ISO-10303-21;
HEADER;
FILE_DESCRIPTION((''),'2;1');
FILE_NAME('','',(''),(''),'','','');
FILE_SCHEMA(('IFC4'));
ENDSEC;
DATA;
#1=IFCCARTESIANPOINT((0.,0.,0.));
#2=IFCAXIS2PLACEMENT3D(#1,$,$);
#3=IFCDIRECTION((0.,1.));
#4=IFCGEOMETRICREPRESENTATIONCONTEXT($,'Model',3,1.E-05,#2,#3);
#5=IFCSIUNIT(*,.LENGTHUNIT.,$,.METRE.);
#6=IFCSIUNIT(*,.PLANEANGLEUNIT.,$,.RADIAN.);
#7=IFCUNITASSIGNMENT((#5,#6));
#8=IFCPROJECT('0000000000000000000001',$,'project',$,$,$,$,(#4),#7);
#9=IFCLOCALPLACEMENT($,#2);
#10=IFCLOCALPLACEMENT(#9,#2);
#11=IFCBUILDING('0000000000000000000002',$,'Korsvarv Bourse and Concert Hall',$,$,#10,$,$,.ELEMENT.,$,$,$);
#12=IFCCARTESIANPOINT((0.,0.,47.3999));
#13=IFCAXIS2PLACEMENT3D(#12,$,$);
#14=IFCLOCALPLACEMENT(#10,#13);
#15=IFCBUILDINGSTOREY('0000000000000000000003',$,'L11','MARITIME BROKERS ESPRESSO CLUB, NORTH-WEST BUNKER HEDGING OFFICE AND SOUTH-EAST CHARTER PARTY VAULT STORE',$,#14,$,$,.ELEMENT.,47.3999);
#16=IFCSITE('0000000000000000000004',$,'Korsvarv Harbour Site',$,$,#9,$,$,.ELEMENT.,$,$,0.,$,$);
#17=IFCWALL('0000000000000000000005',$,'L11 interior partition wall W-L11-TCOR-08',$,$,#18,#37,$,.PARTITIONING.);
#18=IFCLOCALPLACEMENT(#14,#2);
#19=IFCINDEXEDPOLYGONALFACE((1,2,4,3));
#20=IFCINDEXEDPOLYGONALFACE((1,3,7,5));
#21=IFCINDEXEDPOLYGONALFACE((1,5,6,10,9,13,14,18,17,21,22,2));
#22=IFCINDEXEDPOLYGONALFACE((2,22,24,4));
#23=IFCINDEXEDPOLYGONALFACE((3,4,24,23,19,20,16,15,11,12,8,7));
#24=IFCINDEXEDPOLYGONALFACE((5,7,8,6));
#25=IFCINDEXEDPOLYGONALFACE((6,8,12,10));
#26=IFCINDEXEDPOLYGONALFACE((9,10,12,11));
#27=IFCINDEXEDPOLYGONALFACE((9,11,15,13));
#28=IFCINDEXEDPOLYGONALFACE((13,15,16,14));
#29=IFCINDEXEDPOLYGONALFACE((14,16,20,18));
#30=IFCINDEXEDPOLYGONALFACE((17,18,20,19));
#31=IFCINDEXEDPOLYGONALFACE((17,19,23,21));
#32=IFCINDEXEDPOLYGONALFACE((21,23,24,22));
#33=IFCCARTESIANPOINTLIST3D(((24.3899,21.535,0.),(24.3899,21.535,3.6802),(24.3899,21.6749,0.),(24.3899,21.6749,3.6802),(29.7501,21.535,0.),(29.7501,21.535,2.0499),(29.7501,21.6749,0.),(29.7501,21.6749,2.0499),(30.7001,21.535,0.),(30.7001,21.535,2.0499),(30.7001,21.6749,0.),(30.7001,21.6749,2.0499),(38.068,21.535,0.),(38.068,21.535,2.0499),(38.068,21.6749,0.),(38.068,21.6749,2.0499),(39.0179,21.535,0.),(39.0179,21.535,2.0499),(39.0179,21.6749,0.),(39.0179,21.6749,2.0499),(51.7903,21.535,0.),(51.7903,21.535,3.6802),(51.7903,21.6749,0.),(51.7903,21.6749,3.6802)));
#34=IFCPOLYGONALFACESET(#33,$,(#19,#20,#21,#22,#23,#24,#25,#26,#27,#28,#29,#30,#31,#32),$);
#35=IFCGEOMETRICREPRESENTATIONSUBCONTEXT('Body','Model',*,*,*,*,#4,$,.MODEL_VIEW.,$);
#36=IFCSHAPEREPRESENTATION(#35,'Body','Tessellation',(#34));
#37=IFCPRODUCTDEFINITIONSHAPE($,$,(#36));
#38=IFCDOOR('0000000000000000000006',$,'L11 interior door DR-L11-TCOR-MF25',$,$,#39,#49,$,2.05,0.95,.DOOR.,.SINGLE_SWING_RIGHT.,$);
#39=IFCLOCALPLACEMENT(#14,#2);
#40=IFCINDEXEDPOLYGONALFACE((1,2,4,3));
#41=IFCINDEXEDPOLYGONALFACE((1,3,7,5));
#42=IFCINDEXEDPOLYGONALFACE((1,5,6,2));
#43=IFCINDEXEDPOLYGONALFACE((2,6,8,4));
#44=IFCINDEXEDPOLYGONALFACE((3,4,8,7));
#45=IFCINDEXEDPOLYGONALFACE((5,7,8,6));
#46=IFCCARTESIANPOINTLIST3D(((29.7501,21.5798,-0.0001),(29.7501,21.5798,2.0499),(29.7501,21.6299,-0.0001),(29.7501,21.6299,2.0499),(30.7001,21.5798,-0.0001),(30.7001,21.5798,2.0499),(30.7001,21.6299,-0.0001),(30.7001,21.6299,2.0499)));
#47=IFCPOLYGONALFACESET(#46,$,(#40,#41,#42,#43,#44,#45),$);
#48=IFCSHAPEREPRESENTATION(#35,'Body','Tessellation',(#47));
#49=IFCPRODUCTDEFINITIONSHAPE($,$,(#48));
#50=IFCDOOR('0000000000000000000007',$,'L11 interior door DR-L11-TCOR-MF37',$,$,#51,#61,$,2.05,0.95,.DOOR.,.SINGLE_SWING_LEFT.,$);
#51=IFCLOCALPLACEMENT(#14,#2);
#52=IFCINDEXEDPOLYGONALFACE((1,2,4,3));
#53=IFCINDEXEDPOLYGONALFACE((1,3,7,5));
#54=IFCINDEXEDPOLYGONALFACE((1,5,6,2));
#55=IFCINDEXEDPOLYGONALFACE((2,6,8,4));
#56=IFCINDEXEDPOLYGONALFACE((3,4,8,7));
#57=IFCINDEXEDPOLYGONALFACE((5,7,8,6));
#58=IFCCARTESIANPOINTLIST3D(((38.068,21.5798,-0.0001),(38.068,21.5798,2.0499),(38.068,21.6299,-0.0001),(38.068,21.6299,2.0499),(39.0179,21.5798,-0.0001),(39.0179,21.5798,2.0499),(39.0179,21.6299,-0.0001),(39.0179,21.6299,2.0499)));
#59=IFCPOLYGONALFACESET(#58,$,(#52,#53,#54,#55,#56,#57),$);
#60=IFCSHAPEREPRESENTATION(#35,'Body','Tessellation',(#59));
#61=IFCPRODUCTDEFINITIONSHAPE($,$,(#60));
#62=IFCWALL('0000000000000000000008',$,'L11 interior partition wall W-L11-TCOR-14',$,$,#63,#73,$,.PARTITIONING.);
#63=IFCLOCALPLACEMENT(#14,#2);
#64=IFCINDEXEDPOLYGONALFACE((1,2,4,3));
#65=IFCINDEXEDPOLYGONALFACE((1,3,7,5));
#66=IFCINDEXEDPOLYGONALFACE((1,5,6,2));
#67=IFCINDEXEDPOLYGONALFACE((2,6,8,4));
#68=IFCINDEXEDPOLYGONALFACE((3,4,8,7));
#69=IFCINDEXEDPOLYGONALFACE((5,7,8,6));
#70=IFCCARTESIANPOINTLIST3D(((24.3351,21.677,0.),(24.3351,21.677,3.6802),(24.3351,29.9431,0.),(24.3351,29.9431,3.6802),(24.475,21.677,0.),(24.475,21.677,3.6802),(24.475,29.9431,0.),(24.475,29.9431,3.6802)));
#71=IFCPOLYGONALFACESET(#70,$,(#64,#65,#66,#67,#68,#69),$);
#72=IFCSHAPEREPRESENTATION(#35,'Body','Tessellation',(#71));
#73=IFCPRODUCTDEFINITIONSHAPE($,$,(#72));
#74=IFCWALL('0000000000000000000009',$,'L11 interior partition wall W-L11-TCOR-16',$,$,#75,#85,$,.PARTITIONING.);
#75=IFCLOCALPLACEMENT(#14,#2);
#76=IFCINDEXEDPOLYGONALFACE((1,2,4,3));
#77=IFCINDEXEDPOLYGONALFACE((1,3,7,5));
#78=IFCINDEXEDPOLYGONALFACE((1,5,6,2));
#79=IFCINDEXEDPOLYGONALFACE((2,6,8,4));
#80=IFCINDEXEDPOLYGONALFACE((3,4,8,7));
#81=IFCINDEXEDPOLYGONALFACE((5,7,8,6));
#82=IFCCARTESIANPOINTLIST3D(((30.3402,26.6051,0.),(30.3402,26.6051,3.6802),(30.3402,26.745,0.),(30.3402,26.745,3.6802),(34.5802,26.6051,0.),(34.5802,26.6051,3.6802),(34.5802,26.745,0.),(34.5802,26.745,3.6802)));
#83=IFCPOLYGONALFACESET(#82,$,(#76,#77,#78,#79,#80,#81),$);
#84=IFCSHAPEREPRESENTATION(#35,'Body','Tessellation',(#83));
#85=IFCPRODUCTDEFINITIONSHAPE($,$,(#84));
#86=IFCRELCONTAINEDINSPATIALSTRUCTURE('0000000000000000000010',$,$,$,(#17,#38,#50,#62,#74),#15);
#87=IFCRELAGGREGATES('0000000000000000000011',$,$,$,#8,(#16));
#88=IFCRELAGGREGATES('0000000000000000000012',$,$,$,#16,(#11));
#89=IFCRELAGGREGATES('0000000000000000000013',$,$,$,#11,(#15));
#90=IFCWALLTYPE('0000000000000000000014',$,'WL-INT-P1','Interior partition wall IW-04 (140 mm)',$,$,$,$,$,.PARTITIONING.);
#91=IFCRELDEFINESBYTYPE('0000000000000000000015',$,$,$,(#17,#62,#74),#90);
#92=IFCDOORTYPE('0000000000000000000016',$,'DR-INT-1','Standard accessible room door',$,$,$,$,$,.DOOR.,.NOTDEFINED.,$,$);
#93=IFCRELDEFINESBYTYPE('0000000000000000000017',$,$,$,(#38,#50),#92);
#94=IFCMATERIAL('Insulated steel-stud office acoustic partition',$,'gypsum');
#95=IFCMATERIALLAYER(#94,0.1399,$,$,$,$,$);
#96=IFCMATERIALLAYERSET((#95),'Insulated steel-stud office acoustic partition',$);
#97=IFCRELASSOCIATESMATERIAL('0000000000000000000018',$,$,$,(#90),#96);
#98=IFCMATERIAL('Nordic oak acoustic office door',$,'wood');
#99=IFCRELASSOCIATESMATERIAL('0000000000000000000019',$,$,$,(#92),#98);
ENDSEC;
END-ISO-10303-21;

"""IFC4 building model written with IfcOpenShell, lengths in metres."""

from ifc_helpers import new_model, si_unit, direction, frame, frame_2d, origin, place, context, subcontext, project, spatial, rectangle, extrude, material, layer, layer_set, type_object, element, fill, save


model = new_model("IFC4")

# Units and contexts
model_context = context("Model", 3, precision=1e-05, world=origin(), true_north=direction((0.0, 1.0)))
body_context = subcontext(model_context, "Body", "Model", "MODEL_VIEW")
ifc_project = project(units=[si_unit("LENGTHUNIT", "METRE"), si_unit("PLANEANGLEUNIT", "RADIAN")], contexts=[model_context])

# Site, building, storey
site_placement = place(None, origin())
site = spatial("IfcSite", under=ifc_project, at=site_placement, Name="Korsvarv Harbour Site", CompositionType="ELEMENT", RefElevation=0.0)
building_placement = place(site_placement, origin())
building = spatial("IfcBuilding", under=site, at=building_placement, Name="Korsvarv Bourse and Concert Hall", CompositionType="ELEMENT")
storey_placement = place(building_placement, frame((0.0, 0.0, 47.3999)))
storey = spatial("IfcBuildingStorey", under=building, at=storey_placement, Name="L11", Description="MARITIME BROKERS ESPRESSO CLUB, NORTH-WEST BUNKER HEDGING OFFICE AND SOUTH-EAST CHARTER PARTY VAULT STORE", CompositionType="ELEMENT", Elevation=47.3999)

# Wall, openings, doors
ifc_material_1 = material(Name="Insulated steel-stud office acoustic partition", Category="gypsum")
ifc_layer_1 = layer(ifc_material_1, 0.1399)
ifc_layer_set_1 = layer_set([ifc_layer_1], Name="Insulated steel-stud office acoustic partition")
wall_type_1 = type_object("IfcWallType", Name="WL-INT-P1", Description="Interior partition wall IW-04 (140 mm)", PredefinedType="PARTITIONING", material=ifc_layer_set_1)
wall_1_placement = place(storey_placement, frame((24.3899, 21.605, 0.0), z_axis=(0.0, 0.0, 1.0), x_axis=(1.0, 0.0, 0.0)))
wall_1 = element("IfcWall", 1, at=wall_1_placement, inside=storey, type_object=wall_type_1, Name="L11 interior partition wall W-L11-TCOR-08", PredefinedType="PARTITIONING", context=body_context, shape_type="SweptSolid", body=[
    extrude(rectangle(XDim=27.4004, YDim=0.1399, at=frame_2d((13.7002, 0.0))), origin(), (0.0, 0.0, 1.0), 3.6802),
])
opening_1_placement = place(wall_1_placement, frame((5.3601, 0.0, 0.0)))
opening_1 = element("IfcOpeningElement", 2, at=opening_1_placement, cuts=wall_1, PredefinedType="OPENING", context=body_context, shape_type="SweptSolid", body=[
    extrude(rectangle(XDim=0.95, YDim=2.05, at=frame_2d((0.4751, 1.0249))), frame((0.0, 0.0801, 0.0), z_axis=(0.0, -1.0, 0.0), x_axis=(1.0, 0.0, 0.0)), (0.0, 0.0, 1.0), 0.1599),
])
opening_2_placement = place(wall_1_placement, frame((13.678, 0.0, 0.0)))
opening_2 = element("IfcOpeningElement", 3, at=opening_2_placement, cuts=wall_1, PredefinedType="OPENING", context=body_context, shape_type="SweptSolid", body=[
    extrude(rectangle(XDim=0.95, YDim=2.05, at=frame_2d((0.4751, 1.0249))), frame((0.0, 0.0801, 0.0), z_axis=(0.0, -1.0, 0.0), x_axis=(1.0, 0.0, 0.0)), (0.0, 0.0, 1.0), 0.1599),
])
ifc_material_2 = material(Name="Nordic oak acoustic office door", Category="wood")
door_type = type_object("IfcDoorType", Name="DR-INT-1", Description="Standard accessible room door", OperationType="NOTDEFINED", PredefinedType="DOOR", material=ifc_material_2)
door_1_placement = place(opening_1_placement, origin())
door_1 = element("IfcDoor", 4, at=door_1_placement, inside=storey, type_object=door_type, Name="L11 interior door DR-L11-TCOR-MF25", OperationType="SINGLE_SWING_RIGHT", OverallHeight=2.05, OverallWidth=0.95, PredefinedType="DOOR", context=body_context, shape_type="SweptSolid", body=[
    extrude(rectangle(XDim=0.95, YDim=2.05, at=frame_2d((0.4751, 1.0249))), frame((0.0, 0.0249, 0.0), z_axis=(0.0, -1.0, 0.0), x_axis=(1.0, 0.0, 0.0)), (0.0, 0.0, 1.0), 0.05),
])
fill(opening_1, door_1)
door_2_placement = place(opening_2_placement, origin())
door_2 = element("IfcDoor", 5, at=door_2_placement, inside=storey, type_object=door_type, Name="L11 interior door DR-L11-TCOR-MF37", OperationType="SINGLE_SWING_LEFT", OverallHeight=2.05, OverallWidth=0.95, PredefinedType="DOOR", context=body_context, shape_type="SweptSolid", body=[
    extrude(rectangle(XDim=0.95, YDim=2.05, at=frame_2d((0.4751, 1.0249))), frame((0.0, 0.0249, 0.0), z_axis=(0.0, -1.0, 0.0), x_axis=(1.0, 0.0, 0.0)), (0.0, 0.0, 1.0), 0.05),
])
fill(opening_2, door_2)

# Walls
wall_2_placement = place(storey_placement, frame((24.405, 21.677, 0.0), z_axis=(0.0, 0.0, 1.0), x_axis=(0.0, 1.0, 0.0)))
element("IfcWall", 6, at=wall_2_placement, inside=storey, type_object=wall_type_1, Name="L11 interior partition wall W-L11-TCOR-14", PredefinedType="PARTITIONING", context=body_context, shape_type="SweptSolid", body=[
    extrude(rectangle(XDim=8.2661, YDim=0.1399, at=frame_2d((4.1331, 0.0))), origin(), (0.0, 0.0, 1.0), 3.6802),
])
wall_3_placement = place(storey_placement, frame((30.3401, 26.675, 0.0), z_axis=(0.0, 0.0, 1.0), x_axis=(1.0, 0.0, 0.0)))
element("IfcWall", 7, at=wall_3_placement, inside=storey, type_object=wall_type_1, Name="L11 interior partition wall W-L11-TCOR-16", PredefinedType="PARTITIONING", context=body_context, shape_type="SweptSolid", body=[
    extrude(rectangle(XDim=4.24, YDim=0.1399, at=frame_2d((2.1201, 0.0))), origin(), (0.0, 0.0, 1.0), 3.6802),
])

save(model, "model.ifc")
